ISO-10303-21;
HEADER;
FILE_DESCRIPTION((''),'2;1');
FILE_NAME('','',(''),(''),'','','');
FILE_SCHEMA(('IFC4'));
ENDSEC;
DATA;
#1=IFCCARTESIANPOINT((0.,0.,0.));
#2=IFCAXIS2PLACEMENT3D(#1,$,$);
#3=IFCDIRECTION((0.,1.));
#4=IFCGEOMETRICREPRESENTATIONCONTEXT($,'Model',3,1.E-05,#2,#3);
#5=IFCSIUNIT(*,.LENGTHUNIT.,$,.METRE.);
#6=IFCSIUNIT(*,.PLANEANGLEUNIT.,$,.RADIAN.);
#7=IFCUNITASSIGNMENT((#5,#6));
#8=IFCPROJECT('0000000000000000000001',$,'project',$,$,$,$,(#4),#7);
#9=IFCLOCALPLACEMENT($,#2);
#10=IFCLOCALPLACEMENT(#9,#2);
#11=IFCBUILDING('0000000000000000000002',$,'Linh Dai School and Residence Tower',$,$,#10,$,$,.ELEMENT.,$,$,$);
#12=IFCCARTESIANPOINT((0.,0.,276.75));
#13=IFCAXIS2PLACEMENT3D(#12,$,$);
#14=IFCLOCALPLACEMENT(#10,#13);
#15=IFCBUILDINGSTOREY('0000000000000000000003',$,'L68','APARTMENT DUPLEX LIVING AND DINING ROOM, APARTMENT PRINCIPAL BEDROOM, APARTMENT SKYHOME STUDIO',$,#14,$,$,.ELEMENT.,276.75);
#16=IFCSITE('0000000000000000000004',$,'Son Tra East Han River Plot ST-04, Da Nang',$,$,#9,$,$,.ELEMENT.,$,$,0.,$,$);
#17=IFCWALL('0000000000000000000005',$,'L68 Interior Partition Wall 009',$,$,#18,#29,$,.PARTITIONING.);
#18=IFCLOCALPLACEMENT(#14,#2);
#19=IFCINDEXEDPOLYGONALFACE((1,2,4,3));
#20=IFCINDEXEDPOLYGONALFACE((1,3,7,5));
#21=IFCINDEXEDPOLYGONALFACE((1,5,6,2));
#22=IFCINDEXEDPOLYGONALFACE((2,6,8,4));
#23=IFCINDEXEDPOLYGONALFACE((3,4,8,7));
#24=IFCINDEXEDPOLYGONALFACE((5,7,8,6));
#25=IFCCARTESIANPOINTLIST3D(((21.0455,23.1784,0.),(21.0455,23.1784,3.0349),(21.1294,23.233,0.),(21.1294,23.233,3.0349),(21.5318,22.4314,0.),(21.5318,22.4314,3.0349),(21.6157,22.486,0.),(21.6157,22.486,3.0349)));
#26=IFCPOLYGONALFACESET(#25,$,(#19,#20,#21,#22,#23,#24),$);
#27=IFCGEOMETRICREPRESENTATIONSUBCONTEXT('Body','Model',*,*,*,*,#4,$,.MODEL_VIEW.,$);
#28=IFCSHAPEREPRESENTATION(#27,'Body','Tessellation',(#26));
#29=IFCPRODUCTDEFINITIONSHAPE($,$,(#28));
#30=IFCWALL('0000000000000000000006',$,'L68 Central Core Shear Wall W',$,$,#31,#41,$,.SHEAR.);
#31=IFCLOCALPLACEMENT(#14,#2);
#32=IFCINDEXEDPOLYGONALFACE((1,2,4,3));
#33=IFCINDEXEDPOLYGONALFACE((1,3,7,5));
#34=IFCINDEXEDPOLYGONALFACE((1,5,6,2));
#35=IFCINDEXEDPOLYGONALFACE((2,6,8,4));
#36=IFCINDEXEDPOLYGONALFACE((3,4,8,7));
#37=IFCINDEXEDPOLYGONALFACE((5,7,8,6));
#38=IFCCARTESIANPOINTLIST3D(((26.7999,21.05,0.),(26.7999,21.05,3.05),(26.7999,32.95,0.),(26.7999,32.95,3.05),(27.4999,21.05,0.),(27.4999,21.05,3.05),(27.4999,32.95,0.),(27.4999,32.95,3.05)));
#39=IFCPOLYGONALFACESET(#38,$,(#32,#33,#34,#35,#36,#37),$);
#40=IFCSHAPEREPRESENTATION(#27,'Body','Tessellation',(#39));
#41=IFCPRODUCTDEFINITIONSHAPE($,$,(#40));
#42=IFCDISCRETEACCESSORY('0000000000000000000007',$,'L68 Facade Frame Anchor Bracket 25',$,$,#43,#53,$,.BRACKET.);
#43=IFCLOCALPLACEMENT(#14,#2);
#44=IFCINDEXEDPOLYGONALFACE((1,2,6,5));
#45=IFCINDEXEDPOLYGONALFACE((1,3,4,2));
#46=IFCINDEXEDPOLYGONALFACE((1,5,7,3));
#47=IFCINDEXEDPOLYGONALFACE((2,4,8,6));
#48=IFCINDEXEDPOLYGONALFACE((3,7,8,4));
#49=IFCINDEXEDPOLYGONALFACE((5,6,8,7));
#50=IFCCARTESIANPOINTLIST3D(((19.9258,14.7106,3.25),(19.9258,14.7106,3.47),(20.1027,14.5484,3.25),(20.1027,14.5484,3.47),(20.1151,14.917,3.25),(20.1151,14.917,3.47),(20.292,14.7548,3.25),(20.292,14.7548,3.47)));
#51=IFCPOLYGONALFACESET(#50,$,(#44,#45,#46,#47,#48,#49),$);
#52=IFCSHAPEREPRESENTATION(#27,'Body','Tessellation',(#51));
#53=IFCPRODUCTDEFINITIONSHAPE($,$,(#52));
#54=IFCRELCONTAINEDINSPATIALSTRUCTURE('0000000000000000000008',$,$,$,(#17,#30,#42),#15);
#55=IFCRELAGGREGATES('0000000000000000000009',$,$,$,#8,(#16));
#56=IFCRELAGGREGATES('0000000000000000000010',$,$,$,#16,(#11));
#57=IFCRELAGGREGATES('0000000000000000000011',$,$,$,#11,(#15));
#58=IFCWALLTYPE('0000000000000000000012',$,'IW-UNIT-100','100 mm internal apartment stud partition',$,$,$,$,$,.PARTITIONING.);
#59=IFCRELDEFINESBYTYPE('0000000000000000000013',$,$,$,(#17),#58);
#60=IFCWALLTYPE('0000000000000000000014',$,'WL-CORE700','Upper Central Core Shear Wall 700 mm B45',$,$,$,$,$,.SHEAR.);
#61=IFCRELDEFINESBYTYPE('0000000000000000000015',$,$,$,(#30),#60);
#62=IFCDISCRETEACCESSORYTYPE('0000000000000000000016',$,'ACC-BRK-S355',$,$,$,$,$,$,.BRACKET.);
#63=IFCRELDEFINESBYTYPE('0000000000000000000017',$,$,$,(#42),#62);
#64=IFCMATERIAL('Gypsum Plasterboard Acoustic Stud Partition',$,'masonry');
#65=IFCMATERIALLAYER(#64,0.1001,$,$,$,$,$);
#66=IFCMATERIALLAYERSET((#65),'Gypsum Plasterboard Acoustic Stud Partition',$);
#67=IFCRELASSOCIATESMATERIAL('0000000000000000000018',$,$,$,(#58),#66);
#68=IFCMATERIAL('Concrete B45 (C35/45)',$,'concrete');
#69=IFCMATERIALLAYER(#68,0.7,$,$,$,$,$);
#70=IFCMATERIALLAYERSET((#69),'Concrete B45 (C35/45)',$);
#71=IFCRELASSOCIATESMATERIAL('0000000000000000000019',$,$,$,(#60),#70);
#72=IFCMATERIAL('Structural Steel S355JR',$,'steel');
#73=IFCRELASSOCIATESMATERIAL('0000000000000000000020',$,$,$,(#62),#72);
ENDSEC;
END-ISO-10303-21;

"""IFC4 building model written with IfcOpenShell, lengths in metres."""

from ifc_helpers import new_model, si_unit, direction, frame, frame_2d, origin, origin_2d, place, context, subcontext, project, spatial, rectangle, extrude, source, transform, mapped, material, layer, layer_set, type_object, element, save


model = new_model("IFC4")

# Units and contexts
model_context = context("Model", 3, precision=1e-05, world=origin(), true_north=direction((0.0, 1.0)))
body_context = subcontext(model_context, "Body", "Model", "MODEL_VIEW")
ifc_project = project(units=[si_unit("LENGTHUNIT", "METRE"), si_unit("PLANEANGLEUNIT", "RADIAN")], contexts=[model_context])

# Site, building, storey
site_placement = place(None, origin())
site = spatial("IfcSite", under=ifc_project, at=site_placement, Name="Son Tra East Han River Plot ST-04, Da Nang", CompositionType="ELEMENT", RefElevation=0.0)
building_placement = place(site_placement, origin())
building = spatial("IfcBuilding", under=site, at=building_placement, Name="Linh Dai School and Residence Tower", CompositionType="ELEMENT")
storey_placement = place(building_placement, frame((0.0, 0.0, 276.75)))
storey = spatial("IfcBuildingStorey", under=building, at=storey_placement, Name="L68", Description="APARTMENT DUPLEX LIVING AND DINING ROOM, APARTMENT PRINCIPAL BEDROOM, APARTMENT SKYHOME STUDIO", CompositionType="ELEMENT", Elevation=276.75)

# Shared definitions
ifc_material_1 = material(Name="Concrete B45 (C35/45)", Category="concrete")
ifc_material_2 = material(Name="Structural Steel S355JR", Category="steel")

# Shared definitions
ifc_material_3 = material(Name="Gypsum Plasterboard Acoustic Stud Partition", Category="masonry")
ifc_layer_1 = layer(ifc_material_3, 0.1001)
ifc_layer_set_1 = layer_set([ifc_layer_1], Name="Gypsum Plasterboard Acoustic Stud Partition")
wall_type_1 = type_object("IfcWallType", Name="IW-UNIT-100", Description="100 mm internal apartment stud partition", PredefinedType="PARTITIONING", material=ifc_layer_set_1)

# Walls
wall_1_placement = place(storey_placement, frame((21.0874, 23.2058, 0.0), z_axis=(0.0, 0.0, 1.0), x_axis=(0.545566, -0.838068, 0.0)))
element("IfcWall", 1, at=wall_1_placement, inside=storey, type_object=wall_type_1, Name="L68 Interior Partition Wall 009", PredefinedType="PARTITIONING", context=body_context, shape_type="SweptSolid", body=[
    extrude(rectangle(XDim=0.8914, YDim=0.1001, at=frame_2d((0.4458, 0.0))), origin(), (0.0, 0.0, 1.0), 3.0349),
])
ifc_layer_2 = layer(ifc_material_1, 0.7)
ifc_layer_set_2 = layer_set([ifc_layer_2], Name="Concrete B45 (C35/45)")
wall_type_2 = type_object("IfcWallType", Name="WL-CORE700", Description="Upper Central Core Shear Wall 700 mm B45", PredefinedType="SHEAR", material=ifc_layer_set_2)
wall_2_placement = place(storey_placement, frame((27.1499, 21.05, 0.0), z_axis=(0.0, 0.0, 1.0), x_axis=(0.0, 1.0, 0.0)))
element("IfcWall", 2, at=wall_2_placement, inside=storey, type_object=wall_type_2, Name="L68 Central Core Shear Wall W", PredefinedType="SHEAR", context=body_context, shape_type="SweptSolid", body=[
    extrude(rectangle(XDim=11.8999, YDim=0.7, at=frame_2d((5.95, 0.0))), origin(), (0.0, 0.0, 1.0), 3.05),
])

# Discrete accessory
discrete_accessory_type = type_object("IfcDiscreteAccessoryType", Name="ACC-BRK-S355", PredefinedType="BRACKET", material=ifc_material_2)
shared_shape_1 = source(origin(), body_context, "Body", "SweptSolid", [
    extrude(rectangle(XDim=0.28, YDim=0.24, at=origin_2d()), origin(), (0.0, 0.0, 1.0), 0.22),
])
discrete_accessory_placement = place(storey_placement, frame((20.1089, 14.7327, 3.25), z_axis=(0.0, 0.0, 1.0), x_axis=(-0.675779, -0.737104, 0.0)))
element("IfcDiscreteAccessory", 3, at=discrete_accessory_placement, inside=storey, type_object=discrete_accessory_type, Name="L68 Facade Frame Anchor Bracket 25", PredefinedType="BRACKET", context=body_context, shape_type="MappedRepresentation", body=[
    mapped(shared_shape_1, transform((0.0, 0.0, 0.0), x_axis=(1.0, 0.0, 0.0), y_axis=(0.0, 1.0, 0.0), z_axis=(0.0, 0.0, 1.0), scale=1.0)),
])

save(model, "model.ifc")
